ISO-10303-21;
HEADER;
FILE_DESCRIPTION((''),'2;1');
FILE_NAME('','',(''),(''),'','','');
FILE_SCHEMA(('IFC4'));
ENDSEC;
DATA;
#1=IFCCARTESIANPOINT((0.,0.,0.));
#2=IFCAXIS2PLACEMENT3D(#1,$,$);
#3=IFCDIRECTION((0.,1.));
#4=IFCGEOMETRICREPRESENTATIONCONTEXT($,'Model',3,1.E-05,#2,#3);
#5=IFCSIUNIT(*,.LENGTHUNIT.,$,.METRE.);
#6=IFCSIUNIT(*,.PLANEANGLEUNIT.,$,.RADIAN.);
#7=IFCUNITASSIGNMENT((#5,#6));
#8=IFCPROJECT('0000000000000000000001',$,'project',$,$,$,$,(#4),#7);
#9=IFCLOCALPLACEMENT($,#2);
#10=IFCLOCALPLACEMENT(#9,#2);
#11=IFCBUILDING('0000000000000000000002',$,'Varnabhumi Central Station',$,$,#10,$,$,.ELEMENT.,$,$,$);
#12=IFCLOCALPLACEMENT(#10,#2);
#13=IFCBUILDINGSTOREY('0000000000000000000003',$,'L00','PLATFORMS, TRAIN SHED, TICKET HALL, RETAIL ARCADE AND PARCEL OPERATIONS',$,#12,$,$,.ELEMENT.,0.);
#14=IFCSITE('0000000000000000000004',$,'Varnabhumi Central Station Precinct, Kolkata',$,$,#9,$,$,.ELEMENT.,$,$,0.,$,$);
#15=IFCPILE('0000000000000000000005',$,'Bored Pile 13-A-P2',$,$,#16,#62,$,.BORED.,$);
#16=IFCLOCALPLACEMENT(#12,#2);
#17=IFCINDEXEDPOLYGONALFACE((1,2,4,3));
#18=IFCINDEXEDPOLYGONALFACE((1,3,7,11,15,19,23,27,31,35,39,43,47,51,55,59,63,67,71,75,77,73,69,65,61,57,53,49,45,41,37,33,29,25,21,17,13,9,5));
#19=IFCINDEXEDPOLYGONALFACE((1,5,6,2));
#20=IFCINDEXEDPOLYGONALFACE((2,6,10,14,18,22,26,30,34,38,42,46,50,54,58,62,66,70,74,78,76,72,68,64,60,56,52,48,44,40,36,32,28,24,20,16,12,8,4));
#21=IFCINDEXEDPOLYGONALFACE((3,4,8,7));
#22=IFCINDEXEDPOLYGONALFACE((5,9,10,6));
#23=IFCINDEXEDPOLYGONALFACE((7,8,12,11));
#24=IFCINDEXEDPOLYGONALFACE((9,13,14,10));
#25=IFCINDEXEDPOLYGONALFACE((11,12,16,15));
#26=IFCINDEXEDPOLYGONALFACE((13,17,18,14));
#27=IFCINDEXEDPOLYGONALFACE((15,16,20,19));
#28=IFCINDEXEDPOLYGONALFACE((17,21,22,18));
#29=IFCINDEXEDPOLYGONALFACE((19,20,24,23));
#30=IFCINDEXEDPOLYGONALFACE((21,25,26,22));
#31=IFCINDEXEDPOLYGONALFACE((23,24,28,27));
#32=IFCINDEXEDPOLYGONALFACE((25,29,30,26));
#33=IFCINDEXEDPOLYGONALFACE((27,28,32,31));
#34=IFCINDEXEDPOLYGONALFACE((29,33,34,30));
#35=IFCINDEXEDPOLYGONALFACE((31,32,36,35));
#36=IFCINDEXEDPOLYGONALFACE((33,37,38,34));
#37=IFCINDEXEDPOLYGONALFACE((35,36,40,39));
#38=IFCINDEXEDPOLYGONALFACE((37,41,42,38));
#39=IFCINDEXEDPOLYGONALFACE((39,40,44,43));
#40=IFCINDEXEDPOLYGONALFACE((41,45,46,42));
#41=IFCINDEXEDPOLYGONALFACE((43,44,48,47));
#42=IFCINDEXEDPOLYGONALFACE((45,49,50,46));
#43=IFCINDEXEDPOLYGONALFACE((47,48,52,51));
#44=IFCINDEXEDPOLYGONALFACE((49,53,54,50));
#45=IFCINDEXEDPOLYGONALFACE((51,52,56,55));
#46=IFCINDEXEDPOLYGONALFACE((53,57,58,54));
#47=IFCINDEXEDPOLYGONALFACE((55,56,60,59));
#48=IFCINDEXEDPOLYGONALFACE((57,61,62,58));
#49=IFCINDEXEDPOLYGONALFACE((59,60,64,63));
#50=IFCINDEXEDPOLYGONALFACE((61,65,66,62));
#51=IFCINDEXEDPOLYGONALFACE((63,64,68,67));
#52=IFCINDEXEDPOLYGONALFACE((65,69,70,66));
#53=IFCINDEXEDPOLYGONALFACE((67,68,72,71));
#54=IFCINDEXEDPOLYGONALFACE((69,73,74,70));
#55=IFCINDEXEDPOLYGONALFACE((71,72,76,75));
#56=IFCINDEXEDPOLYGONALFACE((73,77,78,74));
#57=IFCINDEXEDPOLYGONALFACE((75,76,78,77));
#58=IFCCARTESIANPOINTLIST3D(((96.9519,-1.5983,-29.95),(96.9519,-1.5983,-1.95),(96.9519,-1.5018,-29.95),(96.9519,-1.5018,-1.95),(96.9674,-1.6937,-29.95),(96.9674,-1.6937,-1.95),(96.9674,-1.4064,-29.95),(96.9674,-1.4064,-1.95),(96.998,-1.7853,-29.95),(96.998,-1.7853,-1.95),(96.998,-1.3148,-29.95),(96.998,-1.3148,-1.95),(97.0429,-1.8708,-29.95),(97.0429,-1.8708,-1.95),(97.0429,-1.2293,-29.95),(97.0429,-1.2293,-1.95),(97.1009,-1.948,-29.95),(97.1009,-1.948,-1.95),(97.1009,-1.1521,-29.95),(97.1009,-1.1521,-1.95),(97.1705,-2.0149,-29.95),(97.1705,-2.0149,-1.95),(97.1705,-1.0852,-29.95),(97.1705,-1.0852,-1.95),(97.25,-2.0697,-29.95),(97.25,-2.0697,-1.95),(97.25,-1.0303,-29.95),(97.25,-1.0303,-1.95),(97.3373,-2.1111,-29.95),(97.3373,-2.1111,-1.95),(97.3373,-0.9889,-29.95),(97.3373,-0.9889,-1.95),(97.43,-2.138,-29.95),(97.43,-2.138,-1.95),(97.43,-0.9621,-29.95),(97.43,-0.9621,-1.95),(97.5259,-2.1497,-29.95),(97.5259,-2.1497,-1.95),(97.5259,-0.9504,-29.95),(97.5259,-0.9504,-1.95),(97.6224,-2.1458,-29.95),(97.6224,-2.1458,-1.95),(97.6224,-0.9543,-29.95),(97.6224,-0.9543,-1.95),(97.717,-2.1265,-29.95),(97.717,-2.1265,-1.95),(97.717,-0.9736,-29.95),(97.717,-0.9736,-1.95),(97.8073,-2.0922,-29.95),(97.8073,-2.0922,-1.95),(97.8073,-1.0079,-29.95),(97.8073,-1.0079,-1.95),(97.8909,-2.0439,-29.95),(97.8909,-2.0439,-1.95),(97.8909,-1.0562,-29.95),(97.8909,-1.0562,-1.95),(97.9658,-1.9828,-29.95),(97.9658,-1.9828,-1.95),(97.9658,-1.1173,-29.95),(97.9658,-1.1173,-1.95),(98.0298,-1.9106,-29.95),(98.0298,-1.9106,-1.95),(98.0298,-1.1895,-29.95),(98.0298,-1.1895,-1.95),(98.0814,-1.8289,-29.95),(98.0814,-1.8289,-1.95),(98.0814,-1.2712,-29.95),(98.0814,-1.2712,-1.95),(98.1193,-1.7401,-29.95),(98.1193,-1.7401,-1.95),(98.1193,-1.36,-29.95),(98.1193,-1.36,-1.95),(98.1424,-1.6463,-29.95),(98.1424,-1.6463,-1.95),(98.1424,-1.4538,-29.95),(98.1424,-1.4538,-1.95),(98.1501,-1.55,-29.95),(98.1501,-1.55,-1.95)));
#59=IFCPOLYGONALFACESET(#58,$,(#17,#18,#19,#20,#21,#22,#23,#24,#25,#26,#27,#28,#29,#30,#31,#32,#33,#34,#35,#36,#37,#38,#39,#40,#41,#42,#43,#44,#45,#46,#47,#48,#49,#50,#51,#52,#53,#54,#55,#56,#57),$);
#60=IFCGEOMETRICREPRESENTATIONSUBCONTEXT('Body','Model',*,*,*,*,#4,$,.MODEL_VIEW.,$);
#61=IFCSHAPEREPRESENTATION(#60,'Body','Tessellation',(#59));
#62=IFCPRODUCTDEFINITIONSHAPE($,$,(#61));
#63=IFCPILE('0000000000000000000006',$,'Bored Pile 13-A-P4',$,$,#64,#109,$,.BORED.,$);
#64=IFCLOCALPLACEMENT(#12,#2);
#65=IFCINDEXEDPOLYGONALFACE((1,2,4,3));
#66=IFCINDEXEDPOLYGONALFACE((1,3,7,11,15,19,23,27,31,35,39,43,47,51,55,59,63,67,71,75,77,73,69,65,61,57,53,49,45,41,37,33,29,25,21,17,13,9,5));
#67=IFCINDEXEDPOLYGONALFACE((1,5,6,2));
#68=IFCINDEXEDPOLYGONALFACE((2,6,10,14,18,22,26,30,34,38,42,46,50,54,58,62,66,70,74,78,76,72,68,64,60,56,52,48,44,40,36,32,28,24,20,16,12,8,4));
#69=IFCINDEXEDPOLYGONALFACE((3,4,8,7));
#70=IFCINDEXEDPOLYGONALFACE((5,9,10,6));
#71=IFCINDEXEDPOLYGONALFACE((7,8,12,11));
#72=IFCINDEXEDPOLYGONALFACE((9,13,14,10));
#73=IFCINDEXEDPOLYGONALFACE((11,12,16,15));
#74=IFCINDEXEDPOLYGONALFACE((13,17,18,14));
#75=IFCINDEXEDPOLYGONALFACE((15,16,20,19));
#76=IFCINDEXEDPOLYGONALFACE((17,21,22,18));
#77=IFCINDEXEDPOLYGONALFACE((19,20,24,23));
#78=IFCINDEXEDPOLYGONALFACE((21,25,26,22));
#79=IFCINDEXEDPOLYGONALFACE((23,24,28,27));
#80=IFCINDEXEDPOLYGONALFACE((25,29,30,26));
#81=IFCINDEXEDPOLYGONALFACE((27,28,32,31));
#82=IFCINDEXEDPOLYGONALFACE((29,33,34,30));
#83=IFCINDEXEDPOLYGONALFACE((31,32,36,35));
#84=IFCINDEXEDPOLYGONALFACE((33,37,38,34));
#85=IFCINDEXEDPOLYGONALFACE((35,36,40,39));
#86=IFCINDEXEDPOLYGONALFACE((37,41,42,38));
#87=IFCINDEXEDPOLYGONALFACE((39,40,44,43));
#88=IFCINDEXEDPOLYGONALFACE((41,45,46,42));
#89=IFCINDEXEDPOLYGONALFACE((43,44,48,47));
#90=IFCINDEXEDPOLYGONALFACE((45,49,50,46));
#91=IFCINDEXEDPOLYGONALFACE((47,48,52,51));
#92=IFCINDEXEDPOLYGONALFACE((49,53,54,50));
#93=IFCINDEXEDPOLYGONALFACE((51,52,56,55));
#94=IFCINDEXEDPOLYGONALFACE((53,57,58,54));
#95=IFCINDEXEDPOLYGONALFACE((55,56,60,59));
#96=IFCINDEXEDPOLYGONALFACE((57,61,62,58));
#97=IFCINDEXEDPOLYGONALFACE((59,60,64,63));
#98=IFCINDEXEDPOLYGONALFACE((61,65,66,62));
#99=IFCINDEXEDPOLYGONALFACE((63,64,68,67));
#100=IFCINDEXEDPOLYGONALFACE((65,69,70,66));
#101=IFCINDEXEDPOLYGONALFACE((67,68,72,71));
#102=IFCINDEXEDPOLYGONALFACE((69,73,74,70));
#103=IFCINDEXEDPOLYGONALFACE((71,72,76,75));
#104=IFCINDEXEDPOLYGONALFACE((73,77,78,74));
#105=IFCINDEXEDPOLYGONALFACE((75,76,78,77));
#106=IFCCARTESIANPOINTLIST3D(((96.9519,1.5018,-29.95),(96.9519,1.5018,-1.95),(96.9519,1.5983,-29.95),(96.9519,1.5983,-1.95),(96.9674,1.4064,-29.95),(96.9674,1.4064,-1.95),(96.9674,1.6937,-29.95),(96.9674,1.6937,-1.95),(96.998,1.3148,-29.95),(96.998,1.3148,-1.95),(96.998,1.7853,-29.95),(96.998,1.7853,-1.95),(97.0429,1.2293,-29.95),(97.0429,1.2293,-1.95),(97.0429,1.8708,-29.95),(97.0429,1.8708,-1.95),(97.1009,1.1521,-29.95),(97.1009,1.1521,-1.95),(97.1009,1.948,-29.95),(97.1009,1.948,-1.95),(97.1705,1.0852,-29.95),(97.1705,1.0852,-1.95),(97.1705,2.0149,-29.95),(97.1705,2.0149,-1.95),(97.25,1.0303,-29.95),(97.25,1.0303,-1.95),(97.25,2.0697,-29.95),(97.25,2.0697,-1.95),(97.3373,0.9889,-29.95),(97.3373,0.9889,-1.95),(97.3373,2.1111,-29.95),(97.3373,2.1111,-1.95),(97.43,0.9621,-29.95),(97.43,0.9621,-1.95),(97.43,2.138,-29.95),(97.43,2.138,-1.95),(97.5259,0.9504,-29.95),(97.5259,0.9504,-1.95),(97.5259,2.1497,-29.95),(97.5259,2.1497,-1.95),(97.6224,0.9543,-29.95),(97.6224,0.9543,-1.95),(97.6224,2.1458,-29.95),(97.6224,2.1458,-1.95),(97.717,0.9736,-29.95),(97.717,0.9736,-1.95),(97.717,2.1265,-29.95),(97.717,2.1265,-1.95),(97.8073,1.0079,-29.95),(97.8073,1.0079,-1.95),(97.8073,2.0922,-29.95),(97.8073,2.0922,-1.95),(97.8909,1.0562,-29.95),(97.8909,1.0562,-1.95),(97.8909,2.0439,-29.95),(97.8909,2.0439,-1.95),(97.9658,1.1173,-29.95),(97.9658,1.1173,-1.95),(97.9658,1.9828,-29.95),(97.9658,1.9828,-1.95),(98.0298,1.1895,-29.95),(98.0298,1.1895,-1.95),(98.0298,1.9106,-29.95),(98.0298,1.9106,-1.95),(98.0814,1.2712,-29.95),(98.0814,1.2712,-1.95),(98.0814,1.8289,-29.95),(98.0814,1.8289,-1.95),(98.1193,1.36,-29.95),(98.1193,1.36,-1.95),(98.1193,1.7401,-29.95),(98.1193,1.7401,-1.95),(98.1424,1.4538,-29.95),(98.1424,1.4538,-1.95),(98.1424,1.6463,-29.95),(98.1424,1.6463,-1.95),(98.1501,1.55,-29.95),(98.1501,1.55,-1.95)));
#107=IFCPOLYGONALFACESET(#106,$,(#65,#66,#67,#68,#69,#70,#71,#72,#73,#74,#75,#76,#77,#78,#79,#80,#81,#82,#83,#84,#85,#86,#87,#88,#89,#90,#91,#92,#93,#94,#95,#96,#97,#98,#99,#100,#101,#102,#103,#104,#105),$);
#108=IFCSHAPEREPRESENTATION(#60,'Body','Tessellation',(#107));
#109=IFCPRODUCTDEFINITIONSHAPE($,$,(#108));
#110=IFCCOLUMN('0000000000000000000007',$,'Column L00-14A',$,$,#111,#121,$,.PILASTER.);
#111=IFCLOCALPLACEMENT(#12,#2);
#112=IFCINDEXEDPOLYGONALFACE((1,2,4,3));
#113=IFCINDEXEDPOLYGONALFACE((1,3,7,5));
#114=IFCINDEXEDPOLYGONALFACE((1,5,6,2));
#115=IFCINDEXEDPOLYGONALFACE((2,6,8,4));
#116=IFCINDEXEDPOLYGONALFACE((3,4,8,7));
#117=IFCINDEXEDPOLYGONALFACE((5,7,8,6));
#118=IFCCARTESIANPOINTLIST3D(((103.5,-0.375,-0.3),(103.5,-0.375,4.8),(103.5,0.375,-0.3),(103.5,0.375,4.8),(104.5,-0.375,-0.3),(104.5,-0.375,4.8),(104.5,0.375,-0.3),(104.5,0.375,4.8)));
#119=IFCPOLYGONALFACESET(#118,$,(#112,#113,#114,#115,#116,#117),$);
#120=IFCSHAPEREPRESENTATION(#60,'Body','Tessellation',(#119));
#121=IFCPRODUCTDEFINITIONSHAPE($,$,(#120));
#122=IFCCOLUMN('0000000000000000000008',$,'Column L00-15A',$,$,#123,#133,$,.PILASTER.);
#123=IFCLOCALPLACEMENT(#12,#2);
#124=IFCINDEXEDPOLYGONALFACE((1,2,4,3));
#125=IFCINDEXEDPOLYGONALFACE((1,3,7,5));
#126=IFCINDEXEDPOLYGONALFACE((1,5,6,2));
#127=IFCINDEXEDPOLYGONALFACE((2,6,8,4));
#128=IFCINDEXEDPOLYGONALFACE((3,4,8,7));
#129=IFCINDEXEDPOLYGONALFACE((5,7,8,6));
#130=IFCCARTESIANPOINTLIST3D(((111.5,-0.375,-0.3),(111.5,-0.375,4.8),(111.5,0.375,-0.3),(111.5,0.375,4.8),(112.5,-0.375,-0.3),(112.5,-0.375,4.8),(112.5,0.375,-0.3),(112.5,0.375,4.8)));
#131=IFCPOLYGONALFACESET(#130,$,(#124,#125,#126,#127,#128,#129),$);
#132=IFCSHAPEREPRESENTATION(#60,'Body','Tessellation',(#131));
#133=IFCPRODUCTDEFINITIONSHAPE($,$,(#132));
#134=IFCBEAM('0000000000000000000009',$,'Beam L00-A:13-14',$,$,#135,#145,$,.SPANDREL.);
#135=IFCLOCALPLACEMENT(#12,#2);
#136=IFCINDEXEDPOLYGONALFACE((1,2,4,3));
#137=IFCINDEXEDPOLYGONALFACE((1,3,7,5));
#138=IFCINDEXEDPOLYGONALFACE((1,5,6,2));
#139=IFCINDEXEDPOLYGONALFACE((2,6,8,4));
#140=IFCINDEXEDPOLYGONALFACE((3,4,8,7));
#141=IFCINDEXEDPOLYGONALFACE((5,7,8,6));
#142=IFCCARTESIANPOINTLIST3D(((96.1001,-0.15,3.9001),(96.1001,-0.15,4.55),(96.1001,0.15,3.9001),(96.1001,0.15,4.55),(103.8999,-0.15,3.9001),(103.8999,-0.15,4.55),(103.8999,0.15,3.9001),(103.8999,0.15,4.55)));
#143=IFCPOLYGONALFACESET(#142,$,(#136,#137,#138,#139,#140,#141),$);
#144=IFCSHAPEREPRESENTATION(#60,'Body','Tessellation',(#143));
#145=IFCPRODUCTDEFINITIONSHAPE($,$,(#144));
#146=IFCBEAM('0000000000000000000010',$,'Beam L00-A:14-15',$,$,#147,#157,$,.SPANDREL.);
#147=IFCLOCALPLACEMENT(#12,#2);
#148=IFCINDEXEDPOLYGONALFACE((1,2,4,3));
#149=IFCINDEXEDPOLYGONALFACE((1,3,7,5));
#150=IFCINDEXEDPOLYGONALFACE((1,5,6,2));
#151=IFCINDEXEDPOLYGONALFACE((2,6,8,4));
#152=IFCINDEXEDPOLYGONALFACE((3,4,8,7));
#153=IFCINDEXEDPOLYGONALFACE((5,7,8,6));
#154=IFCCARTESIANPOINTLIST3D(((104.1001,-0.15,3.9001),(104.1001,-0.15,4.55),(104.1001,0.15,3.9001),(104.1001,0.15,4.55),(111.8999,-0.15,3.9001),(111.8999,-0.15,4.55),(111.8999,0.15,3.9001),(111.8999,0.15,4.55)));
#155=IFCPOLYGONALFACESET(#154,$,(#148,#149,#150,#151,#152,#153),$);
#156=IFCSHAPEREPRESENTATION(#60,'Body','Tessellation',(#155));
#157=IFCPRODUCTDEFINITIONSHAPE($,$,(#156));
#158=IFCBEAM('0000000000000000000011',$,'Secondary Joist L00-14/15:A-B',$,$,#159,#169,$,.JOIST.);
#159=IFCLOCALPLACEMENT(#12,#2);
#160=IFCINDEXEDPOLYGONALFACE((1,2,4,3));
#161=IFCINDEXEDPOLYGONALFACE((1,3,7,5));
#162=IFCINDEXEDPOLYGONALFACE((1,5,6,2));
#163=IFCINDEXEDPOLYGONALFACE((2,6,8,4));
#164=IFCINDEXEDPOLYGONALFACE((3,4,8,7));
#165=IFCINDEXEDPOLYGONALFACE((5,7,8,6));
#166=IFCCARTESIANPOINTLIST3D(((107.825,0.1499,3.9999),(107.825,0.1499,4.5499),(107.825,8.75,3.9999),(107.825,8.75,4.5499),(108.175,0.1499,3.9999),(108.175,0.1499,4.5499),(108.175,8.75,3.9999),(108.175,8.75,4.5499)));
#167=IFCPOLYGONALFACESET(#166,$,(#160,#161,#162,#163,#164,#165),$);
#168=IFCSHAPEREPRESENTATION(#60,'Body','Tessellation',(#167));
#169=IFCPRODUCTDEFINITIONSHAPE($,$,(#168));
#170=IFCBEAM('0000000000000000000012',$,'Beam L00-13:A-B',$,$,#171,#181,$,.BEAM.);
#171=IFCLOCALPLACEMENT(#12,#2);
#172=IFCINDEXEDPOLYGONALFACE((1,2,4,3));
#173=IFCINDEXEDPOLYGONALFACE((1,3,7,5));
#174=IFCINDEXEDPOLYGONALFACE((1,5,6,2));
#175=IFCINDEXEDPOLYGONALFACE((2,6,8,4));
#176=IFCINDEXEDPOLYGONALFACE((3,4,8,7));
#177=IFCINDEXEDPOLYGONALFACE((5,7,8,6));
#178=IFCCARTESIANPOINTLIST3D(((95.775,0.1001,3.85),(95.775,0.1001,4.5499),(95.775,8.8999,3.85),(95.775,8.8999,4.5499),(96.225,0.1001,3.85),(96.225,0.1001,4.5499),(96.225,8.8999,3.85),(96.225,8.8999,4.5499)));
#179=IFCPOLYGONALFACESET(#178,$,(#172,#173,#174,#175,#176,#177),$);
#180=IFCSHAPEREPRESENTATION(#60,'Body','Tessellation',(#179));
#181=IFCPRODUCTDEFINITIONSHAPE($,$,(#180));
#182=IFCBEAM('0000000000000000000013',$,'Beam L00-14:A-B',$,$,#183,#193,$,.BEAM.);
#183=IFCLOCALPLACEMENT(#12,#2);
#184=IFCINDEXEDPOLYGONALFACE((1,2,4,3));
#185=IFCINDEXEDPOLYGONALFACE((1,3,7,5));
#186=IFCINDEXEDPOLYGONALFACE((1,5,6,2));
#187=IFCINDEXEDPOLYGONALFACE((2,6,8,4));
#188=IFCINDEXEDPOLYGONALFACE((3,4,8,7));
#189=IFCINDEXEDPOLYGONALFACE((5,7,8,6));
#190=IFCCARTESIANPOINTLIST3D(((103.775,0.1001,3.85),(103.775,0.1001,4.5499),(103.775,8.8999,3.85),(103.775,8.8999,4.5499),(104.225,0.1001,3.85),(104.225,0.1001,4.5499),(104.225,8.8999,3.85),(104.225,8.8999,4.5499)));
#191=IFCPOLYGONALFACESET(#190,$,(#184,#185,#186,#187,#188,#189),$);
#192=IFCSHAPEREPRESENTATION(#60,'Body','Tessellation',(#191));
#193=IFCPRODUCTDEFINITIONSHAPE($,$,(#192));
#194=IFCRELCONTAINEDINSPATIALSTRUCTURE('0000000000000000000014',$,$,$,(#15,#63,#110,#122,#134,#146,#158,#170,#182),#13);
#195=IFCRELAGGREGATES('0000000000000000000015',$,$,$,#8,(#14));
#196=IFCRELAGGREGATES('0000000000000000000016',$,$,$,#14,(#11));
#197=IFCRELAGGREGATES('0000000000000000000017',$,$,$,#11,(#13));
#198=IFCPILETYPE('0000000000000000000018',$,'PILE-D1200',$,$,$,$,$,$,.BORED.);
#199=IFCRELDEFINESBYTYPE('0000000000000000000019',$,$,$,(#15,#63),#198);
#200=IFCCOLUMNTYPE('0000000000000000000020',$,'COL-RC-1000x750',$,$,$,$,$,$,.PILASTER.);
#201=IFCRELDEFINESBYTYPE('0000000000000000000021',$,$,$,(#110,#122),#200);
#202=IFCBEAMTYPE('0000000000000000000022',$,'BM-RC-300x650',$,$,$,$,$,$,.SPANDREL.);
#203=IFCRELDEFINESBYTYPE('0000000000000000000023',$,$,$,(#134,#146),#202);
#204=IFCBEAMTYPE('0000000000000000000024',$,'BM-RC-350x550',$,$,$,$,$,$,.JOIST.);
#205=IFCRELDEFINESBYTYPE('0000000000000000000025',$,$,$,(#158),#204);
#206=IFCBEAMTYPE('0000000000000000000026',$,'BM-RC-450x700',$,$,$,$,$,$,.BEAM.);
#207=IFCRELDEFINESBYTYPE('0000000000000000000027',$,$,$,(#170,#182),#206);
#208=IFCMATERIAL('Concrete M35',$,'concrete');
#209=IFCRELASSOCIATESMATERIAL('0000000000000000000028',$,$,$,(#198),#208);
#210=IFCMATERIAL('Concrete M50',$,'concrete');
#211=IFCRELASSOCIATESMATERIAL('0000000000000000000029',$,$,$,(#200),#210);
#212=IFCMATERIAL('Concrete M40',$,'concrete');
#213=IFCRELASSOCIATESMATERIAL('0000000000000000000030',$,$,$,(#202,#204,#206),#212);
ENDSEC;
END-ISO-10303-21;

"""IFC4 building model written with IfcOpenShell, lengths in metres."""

from ifc_helpers import new_model, si_unit, direction, frame, origin, origin_2d, place, context, subcontext, project, spatial, rectangle, circle, extrude, material, material_profile, profile_set, type_object, element, save


model = new_model("IFC4")

# Units and contexts
model_context = context("Model", 3, precision=1e-05, world=origin(), true_north=direction((0.0, 1.0)))
body_context = subcontext(model_context, "Body", "Model", "MODEL_VIEW")
ifc_project = project(units=[si_unit("LENGTHUNIT", "METRE"), si_unit("PLANEANGLEUNIT", "RADIAN")], contexts=[model_context])

# Site, building, storey
site_placement = place(None, origin())
site = spatial("IfcSite", under=ifc_project, at=site_placement, Name="Varnabhumi Central Station Precinct, Kolkata", CompositionType="ELEMENT", RefElevation=0.0)
building_placement = place(site_placement, origin())
building = spatial("IfcBuilding", under=site, at=building_placement, Name="Varnabhumi Central Station", CompositionType="ELEMENT")
storey_placement = place(building_placement, origin())
storey = spatial("IfcBuildingStorey", under=building, at=storey_placement, Name="L00", Description="PLATFORMS, TRAIN SHED, TICKET HALL, RETAIL ARCADE AND PARCEL OPERATIONS", CompositionType="ELEMENT", Elevation=0.0)

# Shared definitions
ifc_material_1 = material(Name="Concrete M40", Category="concrete")

# Piles
ifc_material_2 = material(Name="Concrete M35", Category="concrete")
ifc_material_profile_1 = material_profile(ifc_material_2, circle(Radius=0.6001, at=origin_2d()), Name="Concrete M35", Category="concrete")
ifc_profile_set_1 = profile_set([ifc_material_profile_1], Name="Concrete M35")
pile_type_1 = type_object("IfcPileType", Name="PILE-D1200", PredefinedType="BORED", material=ifc_profile_set_1)
for number, where, z_axis, x_axis, name in (
    (1, (97.55, -1.55, -1.95), (0.0, 0.0, -1.0), (1.0, 0.0, 0.0), "Bored Pile 13-A-P2"),
    (2, (97.55, 1.55, -1.95), (0.0, 0.0, -1.0), (1.0, 0.0, 0.0), "Bored Pile 13-A-P4"),
):
    element("IfcPile", number, at=place(storey_placement, frame(where, z_axis=z_axis, x_axis=x_axis)), inside=storey, type_object=pile_type_1, Name=name, PredefinedType="BORED", context=body_context, shape_type="SweptSolid", body=[
        extrude(circle(Radius=0.6001, at=origin_2d()), origin(), (0.0, 0.0, 1.0), 28.0),
    ])

# Columns
ifc_material_3 = material(Name="Concrete M50", Category="concrete")
ifc_material_profile_2 = material_profile(ifc_material_3, rectangle(XDim=1.0, YDim=0.75, at=origin_2d()), Name="Concrete M50", Category="concrete")
ifc_profile_set_2 = profile_set([ifc_material_profile_2], Name="Concrete M50")
column_type = type_object("IfcColumnType", Name="COL-RC-1000x750", PredefinedType="PILASTER", material=ifc_profile_set_2)
for number, where, z_axis, x_axis, name in (
    (3, (104.0, 0.0, -0.3), (0.0, 0.0, 1.0), (1.0, 0.0, 0.0), "Column L00-14A"),
    (4, (112.0, 0.0, -0.3), (0.0, 0.0, 1.0), (1.0, 0.0, 0.0), "Column L00-15A"),
):
    element("IfcColumn", number, at=place(storey_placement, frame(where, z_axis=z_axis, x_axis=x_axis)), inside=storey, type_object=column_type, Name=name, PredefinedType="PILASTER", context=body_context, shape_type="SweptSolid", body=[
        extrude(rectangle(XDim=1.0, YDim=0.75, at=origin_2d()), origin(), (0.0, 0.0, 1.0), 5.1001),
    ])

# Beams
ifc_material_profile_3 = material_profile(ifc_material_1, rectangle(XDim=0.3, YDim=0.6499, at=origin_2d()), Name="Concrete M40", Category="concrete")
ifc_profile_set_3 = profile_set([ifc_material_profile_3], Name="Concrete M40")
beam_type_1 = type_object("IfcBeamType", Name="BM-RC-300x650", PredefinedType="SPANDREL", material=ifc_profile_set_3)
for number, where, z_axis, x_axis, name in (
    (5, (96.1001, 0.0, 4.2251), (1.0, 0.0, 0.0), (0.0, 1.0, 0.0), "Beam L00-A:13-14"),
    (6, (104.1001, 0.0, 4.2251), (1.0, 0.0, 0.0), (0.0, 1.0, 0.0), "Beam L00-A:14-15"),
):
    element("IfcBeam", number, at=place(storey_placement, frame(where, z_axis=z_axis, x_axis=x_axis)), inside=storey, type_object=beam_type_1, Name=name, PredefinedType="SPANDREL", context=body_context, shape_type="SweptSolid", body=[
        extrude(rectangle(XDim=0.3, YDim=0.6499, at=origin_2d()), origin(), (0.0, 0.0, 1.0), 7.7998),
    ])
ifc_material_profile_4 = material_profile(ifc_material_1, rectangle(XDim=0.3501, YDim=0.55, at=origin_2d()), Name="Concrete M40", Category="concrete")
ifc_profile_set_4 = profile_set([ifc_material_profile_4], Name="Concrete M40")
beam_type_2 = type_object("IfcBeamType", Name="BM-RC-350x550", PredefinedType="JOIST", material=ifc_profile_set_4)
beam_1_placement = place(storey_placement, frame((108.0, 0.1499, 4.2749), z_axis=(0.0, 1.0, 0.0), x_axis=(-1.0, 0.0, 0.0)))
element("IfcBeam", 7, at=beam_1_placement, inside=storey, type_object=beam_type_2, Name="Secondary Joist L00-14/15:A-B", PredefinedType="JOIST", context=body_context, shape_type="SweptSolid", body=[
    extrude(rectangle(XDim=0.3501, YDim=0.55, at=origin_2d()), origin(), (0.0, 0.0, 1.0), 8.6001),
])
ifc_material_profile_5 = material_profile(ifc_material_1, rectangle(XDim=0.45, YDim=0.7, at=origin_2d()), Name="Concrete M40", Category="concrete")
ifc_profile_set_5 = profile_set([ifc_material_profile_5], Name="Concrete M40")
beam_type_3 = type_object("IfcBeamType", Name="BM-RC-450x700", PredefinedType="BEAM", material=ifc_profile_set_5)
for number, where, z_axis, x_axis, name in (
    (8, (96.0, 0.1001, 4.2), (0.0, 1.0, 0.0), (-1.0, 0.0, 0.0), "Beam L00-13:A-B"),
    (9, (104.0, 0.1001, 4.2), (0.0, 1.0, 0.0), (-1.0, 0.0, 0.0), "Beam L00-14:A-B"),
):
    element("IfcBeam", number, at=place(storey_placement, frame(where, z_axis=z_axis, x_axis=x_axis)), inside=storey, type_object=beam_type_3, Name=name, PredefinedType="BEAM", context=body_context, shape_type="SweptSolid", body=[
        extrude(rectangle(XDim=0.45, YDim=0.7, at=origin_2d()), origin(), (0.0, 0.0, 1.0), 8.7998),
    ])

save(model, "model.ifc")
